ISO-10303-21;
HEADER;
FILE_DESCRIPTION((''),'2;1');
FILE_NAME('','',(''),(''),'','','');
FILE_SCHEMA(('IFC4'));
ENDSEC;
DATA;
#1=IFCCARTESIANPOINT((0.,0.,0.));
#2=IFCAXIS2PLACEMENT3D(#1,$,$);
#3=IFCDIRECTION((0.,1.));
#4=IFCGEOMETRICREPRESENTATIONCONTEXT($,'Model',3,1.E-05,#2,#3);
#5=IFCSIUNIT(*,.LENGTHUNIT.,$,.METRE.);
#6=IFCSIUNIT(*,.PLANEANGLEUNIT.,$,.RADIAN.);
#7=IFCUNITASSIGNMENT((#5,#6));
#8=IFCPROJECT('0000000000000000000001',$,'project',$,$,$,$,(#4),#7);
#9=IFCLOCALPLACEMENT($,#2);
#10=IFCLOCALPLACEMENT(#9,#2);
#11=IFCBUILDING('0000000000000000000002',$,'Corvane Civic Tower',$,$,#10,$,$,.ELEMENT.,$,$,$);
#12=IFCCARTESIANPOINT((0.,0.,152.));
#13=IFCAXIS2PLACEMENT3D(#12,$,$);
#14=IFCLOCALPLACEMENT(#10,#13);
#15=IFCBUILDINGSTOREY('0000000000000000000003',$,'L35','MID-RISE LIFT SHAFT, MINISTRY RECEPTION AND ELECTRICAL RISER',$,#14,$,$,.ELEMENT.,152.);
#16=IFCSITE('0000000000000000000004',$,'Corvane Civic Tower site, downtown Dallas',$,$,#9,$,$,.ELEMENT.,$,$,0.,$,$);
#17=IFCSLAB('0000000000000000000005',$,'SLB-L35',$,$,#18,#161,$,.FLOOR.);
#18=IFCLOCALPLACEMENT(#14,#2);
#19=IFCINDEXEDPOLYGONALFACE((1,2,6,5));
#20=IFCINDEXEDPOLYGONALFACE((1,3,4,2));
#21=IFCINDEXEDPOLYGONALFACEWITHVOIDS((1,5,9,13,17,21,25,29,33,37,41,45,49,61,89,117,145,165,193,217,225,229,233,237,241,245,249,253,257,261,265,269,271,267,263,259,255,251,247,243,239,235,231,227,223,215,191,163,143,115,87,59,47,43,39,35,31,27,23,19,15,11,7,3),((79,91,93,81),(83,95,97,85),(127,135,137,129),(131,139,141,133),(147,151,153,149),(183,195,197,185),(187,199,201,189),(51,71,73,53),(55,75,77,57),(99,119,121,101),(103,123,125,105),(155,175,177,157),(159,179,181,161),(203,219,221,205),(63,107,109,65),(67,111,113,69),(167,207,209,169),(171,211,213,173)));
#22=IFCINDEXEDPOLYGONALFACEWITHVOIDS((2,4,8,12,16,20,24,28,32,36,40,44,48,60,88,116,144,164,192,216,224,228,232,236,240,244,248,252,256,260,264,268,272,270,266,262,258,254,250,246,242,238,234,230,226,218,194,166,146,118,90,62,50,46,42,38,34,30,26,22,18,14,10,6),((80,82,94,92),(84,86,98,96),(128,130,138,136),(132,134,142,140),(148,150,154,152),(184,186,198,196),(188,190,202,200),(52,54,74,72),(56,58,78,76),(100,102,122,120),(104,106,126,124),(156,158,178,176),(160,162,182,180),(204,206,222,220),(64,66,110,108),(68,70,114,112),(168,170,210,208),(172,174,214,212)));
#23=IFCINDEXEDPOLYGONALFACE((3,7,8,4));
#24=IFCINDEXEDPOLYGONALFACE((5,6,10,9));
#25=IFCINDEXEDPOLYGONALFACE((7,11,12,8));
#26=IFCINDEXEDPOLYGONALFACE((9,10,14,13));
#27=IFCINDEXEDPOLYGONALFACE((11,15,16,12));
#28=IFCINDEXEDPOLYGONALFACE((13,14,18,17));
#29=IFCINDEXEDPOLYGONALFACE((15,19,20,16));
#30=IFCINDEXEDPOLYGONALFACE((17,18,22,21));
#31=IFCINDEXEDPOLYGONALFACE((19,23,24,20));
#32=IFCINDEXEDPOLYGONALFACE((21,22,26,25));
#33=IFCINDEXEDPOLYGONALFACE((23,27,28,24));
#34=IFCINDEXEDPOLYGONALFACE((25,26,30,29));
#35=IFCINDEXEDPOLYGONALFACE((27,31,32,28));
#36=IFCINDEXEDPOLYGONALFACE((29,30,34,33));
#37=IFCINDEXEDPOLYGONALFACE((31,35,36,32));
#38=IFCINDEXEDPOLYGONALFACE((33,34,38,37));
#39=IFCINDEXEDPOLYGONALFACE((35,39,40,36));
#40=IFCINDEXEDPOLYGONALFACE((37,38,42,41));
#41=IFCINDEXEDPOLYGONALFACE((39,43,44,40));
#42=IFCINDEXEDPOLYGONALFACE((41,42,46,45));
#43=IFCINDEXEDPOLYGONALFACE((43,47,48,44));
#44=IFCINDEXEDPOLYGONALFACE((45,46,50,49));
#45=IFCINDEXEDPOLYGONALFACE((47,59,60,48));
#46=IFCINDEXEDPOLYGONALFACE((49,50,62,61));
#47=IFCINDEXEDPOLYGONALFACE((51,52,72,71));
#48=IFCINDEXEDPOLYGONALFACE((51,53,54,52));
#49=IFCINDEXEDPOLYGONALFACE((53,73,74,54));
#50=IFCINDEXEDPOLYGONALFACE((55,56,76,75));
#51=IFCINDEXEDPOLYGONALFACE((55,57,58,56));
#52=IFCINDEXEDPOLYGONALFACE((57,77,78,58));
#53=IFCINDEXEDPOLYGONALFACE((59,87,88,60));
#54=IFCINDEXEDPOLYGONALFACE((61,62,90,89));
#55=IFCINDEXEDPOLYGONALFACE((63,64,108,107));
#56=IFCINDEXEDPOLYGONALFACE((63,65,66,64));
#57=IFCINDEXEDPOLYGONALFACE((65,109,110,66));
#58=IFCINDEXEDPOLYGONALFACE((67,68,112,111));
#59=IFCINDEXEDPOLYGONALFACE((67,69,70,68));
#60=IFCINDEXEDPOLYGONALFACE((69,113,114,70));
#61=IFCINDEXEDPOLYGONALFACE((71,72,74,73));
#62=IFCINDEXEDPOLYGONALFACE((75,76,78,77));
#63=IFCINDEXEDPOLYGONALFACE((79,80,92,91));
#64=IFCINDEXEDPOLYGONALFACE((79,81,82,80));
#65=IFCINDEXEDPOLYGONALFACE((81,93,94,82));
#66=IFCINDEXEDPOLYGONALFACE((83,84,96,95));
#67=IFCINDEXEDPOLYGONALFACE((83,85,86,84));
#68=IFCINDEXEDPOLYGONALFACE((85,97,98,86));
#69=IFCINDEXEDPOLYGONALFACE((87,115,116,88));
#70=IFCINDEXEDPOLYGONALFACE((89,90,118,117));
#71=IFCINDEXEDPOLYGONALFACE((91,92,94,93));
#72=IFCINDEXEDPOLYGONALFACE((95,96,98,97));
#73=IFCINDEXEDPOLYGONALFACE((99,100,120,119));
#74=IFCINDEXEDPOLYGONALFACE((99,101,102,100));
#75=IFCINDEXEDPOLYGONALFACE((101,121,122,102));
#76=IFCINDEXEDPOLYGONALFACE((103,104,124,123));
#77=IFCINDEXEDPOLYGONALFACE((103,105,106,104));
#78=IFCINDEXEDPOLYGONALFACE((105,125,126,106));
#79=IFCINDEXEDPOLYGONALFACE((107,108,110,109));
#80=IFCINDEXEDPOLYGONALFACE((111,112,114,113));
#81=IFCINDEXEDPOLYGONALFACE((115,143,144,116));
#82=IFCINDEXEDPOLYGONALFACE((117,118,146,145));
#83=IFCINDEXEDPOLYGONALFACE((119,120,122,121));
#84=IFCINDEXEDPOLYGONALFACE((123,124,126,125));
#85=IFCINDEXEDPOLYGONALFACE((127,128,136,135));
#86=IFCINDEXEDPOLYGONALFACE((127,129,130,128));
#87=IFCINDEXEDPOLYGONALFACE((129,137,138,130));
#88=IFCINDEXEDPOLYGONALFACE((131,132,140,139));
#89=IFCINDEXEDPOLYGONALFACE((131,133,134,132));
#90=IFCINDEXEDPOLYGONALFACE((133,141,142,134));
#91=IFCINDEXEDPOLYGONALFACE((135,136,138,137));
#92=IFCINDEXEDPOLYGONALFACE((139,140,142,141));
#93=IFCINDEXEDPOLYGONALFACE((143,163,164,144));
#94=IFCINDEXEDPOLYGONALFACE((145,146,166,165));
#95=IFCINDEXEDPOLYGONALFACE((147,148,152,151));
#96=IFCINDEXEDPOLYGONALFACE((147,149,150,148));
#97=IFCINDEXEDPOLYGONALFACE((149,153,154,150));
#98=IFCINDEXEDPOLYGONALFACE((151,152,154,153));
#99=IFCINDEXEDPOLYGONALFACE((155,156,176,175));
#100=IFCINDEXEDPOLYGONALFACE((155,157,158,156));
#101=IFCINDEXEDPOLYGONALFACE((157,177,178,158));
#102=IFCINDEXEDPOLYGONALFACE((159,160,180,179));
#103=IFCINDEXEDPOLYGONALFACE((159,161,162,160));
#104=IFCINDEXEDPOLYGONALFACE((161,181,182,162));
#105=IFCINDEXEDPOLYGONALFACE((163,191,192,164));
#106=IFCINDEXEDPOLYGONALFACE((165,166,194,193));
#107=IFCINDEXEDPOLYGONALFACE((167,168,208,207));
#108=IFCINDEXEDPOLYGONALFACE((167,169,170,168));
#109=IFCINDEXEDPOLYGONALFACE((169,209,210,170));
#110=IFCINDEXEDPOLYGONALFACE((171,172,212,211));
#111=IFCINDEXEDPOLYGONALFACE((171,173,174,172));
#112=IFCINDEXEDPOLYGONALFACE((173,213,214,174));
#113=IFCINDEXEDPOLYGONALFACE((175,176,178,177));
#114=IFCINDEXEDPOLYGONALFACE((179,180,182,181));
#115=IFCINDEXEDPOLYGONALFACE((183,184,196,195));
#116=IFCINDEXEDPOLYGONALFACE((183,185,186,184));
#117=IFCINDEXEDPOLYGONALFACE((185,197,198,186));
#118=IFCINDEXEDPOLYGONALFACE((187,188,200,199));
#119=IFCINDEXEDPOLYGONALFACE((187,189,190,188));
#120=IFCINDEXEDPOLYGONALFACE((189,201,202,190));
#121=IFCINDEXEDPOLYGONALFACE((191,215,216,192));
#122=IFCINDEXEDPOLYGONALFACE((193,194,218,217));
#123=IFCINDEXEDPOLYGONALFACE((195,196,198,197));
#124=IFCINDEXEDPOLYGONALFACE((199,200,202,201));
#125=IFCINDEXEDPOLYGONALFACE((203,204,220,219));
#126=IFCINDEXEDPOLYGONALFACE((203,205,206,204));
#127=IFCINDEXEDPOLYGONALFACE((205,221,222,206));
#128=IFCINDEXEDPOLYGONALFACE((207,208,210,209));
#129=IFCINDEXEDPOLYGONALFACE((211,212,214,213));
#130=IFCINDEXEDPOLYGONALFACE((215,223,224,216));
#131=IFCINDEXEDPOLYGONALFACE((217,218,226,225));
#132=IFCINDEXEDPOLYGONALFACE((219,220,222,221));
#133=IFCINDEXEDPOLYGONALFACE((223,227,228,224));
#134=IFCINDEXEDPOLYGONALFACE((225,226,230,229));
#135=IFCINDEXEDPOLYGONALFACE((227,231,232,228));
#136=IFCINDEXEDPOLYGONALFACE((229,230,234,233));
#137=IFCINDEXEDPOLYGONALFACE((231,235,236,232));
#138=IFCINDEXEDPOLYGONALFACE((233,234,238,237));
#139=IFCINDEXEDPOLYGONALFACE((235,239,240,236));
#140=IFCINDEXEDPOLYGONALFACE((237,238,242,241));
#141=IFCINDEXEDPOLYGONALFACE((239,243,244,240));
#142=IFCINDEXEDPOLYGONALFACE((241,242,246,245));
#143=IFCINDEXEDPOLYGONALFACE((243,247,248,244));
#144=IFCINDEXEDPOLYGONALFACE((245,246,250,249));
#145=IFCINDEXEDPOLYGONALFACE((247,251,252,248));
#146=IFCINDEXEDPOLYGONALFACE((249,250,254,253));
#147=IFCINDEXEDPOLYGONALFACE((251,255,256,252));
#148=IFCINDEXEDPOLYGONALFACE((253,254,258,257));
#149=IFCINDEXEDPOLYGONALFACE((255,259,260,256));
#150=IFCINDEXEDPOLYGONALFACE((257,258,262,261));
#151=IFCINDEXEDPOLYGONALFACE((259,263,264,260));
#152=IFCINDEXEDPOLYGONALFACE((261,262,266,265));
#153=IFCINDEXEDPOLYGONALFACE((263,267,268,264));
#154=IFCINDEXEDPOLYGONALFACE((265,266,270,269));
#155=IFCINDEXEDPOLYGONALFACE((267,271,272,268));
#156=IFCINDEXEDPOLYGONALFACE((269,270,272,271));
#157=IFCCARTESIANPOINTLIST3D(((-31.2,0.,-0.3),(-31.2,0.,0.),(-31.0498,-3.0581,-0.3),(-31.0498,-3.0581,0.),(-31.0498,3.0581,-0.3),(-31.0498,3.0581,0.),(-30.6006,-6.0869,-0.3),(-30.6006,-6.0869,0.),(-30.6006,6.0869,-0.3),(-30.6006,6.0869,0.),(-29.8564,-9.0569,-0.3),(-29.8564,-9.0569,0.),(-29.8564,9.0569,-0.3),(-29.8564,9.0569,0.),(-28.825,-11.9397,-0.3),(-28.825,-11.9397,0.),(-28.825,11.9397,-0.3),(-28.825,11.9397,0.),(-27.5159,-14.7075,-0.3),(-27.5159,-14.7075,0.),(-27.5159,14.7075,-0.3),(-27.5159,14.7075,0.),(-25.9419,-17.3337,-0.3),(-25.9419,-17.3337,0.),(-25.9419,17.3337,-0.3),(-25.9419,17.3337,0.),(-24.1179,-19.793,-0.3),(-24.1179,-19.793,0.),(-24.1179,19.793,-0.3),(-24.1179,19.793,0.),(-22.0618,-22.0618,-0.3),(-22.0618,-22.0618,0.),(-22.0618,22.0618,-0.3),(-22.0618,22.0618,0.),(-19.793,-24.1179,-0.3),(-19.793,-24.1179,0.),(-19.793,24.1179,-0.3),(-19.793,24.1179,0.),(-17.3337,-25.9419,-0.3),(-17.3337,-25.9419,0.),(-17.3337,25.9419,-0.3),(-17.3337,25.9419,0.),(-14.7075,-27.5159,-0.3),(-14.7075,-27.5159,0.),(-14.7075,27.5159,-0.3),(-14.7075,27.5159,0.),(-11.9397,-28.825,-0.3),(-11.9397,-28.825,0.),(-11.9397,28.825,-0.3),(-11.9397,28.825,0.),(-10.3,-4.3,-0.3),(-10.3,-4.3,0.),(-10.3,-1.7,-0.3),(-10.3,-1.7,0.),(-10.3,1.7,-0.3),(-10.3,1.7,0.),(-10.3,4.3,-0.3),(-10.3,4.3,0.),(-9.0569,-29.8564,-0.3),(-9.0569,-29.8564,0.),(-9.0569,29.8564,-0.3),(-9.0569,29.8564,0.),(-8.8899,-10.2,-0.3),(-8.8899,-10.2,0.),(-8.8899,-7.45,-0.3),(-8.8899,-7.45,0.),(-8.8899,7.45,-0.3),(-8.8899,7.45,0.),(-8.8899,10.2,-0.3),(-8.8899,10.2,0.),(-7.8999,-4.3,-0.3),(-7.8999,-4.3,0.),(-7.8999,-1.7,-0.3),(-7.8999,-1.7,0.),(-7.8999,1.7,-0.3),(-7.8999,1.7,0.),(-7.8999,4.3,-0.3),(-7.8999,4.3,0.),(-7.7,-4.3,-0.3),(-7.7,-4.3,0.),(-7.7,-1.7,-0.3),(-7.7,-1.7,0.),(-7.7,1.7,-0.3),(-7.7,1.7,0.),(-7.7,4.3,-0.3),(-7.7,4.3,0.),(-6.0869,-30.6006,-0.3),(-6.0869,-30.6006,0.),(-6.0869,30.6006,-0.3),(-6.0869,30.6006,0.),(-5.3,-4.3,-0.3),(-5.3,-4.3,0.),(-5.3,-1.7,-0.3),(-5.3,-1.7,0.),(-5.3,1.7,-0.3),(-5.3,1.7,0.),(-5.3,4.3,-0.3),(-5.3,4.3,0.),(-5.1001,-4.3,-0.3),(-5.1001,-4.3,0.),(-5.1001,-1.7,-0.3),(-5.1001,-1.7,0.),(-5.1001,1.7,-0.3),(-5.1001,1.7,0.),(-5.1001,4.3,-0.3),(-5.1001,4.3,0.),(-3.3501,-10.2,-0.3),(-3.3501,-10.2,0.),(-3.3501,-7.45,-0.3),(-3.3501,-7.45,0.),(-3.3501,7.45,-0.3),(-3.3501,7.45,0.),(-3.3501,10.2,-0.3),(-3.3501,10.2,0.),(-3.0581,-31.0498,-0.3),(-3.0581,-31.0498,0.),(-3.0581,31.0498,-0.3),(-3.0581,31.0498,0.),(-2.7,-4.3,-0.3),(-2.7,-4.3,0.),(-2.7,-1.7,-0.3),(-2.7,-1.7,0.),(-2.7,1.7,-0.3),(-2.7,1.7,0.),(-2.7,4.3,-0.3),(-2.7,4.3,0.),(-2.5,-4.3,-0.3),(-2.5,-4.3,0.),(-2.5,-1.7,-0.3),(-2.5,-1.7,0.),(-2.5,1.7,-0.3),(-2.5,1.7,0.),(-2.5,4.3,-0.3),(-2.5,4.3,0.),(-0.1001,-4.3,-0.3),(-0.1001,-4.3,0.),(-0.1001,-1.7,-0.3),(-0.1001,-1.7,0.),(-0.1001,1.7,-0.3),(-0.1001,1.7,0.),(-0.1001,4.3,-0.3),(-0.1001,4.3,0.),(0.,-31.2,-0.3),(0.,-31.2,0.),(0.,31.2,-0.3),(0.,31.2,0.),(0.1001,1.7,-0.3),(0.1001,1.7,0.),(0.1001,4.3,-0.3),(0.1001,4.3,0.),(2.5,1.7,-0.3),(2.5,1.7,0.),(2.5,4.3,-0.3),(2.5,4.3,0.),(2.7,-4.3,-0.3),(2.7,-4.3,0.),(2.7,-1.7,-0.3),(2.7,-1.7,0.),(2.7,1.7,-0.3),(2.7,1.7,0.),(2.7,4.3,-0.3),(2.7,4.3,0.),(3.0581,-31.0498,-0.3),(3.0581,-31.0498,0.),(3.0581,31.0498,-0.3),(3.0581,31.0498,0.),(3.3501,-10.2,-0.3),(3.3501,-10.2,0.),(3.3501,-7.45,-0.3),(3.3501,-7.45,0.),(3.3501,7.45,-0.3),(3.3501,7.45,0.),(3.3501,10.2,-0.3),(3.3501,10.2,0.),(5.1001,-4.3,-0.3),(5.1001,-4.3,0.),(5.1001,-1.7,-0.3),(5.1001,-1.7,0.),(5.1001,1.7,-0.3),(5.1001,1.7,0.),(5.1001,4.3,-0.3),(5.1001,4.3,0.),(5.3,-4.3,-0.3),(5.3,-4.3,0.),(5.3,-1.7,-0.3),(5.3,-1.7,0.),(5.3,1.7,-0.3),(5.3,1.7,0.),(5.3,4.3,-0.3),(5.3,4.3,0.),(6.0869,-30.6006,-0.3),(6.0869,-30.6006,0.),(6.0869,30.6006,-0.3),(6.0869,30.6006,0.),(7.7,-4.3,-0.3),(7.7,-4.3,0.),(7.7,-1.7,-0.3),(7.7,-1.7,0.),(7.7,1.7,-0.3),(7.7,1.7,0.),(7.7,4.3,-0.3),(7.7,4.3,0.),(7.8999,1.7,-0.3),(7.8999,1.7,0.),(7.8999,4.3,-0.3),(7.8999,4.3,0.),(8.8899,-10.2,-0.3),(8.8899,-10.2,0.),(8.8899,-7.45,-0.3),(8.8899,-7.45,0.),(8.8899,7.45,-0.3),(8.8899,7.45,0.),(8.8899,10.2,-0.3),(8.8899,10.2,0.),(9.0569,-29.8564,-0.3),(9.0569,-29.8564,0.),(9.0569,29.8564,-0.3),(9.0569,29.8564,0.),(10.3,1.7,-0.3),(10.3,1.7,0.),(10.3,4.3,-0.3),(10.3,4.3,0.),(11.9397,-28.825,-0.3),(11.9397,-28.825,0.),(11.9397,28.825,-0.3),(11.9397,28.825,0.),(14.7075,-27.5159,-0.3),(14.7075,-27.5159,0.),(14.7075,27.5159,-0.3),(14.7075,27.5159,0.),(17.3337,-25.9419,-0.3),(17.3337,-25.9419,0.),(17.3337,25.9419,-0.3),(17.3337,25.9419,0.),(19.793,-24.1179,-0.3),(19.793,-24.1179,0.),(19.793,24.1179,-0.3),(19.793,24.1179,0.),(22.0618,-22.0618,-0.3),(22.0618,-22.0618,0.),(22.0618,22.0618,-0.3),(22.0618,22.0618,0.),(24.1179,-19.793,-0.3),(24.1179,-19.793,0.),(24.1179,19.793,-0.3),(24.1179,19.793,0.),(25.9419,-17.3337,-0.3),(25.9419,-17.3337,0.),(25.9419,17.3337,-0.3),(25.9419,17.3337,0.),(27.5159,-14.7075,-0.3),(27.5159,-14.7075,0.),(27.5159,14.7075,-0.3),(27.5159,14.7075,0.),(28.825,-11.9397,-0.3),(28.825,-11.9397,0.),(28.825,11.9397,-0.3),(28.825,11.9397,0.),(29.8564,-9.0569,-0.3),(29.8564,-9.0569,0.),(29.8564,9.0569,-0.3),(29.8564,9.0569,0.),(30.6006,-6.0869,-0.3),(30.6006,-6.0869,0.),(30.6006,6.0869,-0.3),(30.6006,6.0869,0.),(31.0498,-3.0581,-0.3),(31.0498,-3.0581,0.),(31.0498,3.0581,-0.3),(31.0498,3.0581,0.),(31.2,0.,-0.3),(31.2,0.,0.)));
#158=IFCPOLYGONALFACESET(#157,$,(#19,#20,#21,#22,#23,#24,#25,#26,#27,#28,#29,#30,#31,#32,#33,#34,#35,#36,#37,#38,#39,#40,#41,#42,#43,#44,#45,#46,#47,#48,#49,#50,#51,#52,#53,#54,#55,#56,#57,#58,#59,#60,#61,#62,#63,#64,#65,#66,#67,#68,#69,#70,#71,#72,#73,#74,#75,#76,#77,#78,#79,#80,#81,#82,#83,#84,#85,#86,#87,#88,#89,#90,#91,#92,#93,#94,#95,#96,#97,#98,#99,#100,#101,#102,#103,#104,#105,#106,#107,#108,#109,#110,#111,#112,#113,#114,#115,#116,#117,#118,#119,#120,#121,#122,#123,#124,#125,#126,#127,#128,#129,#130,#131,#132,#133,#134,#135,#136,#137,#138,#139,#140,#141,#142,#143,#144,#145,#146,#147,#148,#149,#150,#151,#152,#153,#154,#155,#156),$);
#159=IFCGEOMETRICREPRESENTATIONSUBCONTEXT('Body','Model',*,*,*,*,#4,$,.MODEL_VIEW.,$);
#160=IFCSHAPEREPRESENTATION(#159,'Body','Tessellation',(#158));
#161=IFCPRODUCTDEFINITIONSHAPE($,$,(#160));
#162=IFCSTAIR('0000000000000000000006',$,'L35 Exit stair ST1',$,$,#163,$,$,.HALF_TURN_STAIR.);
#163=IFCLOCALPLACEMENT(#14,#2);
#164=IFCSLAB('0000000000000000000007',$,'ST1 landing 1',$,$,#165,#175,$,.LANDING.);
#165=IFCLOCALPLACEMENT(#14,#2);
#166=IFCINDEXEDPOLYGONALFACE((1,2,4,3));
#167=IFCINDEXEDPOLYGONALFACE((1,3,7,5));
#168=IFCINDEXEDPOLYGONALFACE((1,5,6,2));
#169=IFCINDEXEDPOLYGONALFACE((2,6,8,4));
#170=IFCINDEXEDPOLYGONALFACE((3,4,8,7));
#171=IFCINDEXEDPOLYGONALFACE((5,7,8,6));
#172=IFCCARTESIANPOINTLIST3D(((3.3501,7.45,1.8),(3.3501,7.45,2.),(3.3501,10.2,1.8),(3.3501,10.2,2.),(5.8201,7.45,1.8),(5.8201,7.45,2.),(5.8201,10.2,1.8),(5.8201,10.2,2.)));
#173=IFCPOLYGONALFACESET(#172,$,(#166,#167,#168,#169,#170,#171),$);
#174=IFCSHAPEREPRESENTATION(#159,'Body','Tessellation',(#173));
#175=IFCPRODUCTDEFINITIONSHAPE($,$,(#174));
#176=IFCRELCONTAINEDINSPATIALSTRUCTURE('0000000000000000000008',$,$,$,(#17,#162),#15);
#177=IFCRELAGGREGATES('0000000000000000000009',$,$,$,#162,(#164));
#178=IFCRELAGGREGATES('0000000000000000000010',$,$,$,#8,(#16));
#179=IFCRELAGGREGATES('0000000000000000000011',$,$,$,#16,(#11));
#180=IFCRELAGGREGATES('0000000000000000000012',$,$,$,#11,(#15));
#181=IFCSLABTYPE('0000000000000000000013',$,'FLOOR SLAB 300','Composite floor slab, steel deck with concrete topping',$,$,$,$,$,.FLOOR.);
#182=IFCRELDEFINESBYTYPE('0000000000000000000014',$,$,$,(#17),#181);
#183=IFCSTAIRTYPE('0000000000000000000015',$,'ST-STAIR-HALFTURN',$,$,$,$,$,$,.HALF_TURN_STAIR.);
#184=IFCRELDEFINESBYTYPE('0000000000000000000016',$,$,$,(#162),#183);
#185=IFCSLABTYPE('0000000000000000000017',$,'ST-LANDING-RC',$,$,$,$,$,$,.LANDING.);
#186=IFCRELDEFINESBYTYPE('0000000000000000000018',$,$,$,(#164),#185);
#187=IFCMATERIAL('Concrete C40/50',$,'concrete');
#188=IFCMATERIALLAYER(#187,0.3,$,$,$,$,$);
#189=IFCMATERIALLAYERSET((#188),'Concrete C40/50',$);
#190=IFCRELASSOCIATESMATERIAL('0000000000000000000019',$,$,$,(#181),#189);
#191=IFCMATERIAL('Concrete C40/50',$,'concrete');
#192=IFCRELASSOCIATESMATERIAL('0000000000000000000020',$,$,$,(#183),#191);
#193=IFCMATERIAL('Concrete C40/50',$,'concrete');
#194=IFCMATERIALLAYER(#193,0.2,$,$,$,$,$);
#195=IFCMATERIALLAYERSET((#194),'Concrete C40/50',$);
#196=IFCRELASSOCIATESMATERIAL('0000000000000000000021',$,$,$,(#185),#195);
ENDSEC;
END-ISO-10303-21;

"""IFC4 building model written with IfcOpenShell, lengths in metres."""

from ifc_helpers import new_model, si_unit, direction, frame, origin, place, context, subcontext, project, spatial, polyline, outline, extrude, material, layer, layer_set, type_object, element, aggregate, save


model = new_model("IFC4")

# Units and contexts
model_context = context("Model", 3, precision=1e-05, world=origin(), true_north=direction((0.0, 1.0)))
body_context = subcontext(model_context, "Body", "Model", "MODEL_VIEW")
ifc_project = project(units=[si_unit("LENGTHUNIT", "METRE"), si_unit("PLANEANGLEUNIT", "RADIAN")], contexts=[model_context])

# Site, building, storey
site_placement = place(None, origin())
site = spatial("IfcSite", under=ifc_project, at=site_placement, Name="Corvane Civic Tower site, downtown Dallas", CompositionType="ELEMENT", RefElevation=0.0)
building_placement = place(site_placement, origin())
building = spatial("IfcBuilding", under=site, at=building_placement, Name="Corvane Civic Tower", CompositionType="ELEMENT")
storey_placement = place(building_placement, frame((0.0, 0.0, 152.0)))
storey = spatial("IfcBuildingStorey", under=building, at=storey_placement, Name="L35", Description="MID-RISE LIFT SHAFT, MINISTRY RECEPTION AND ELECTRICAL RISER", CompositionType="ELEMENT", Elevation=152.0)

# Slab
ifc_material_1 = material(Name="Concrete C40/50", Category="concrete")
ifc_layer_1 = layer(ifc_material_1, 0.3)
ifc_layer_set_1 = layer_set([ifc_layer_1], Name="Concrete C40/50")
slab_type_1 = type_object("IfcSlabType", Name="FLOOR SLAB 300", Description="Composite floor slab, steel deck with concrete topping", PredefinedType="FLOOR", material=ifc_layer_set_1)
slab_1_placement = place(storey_placement, frame((0.0, 0.0, -0.3)))
element("IfcSlab", 1, at=slab_1_placement, inside=storey, type_object=slab_type_1, Name="SLB-L35", PredefinedType="FLOOR", context=body_context, shape_type="SweptSolid", body=[
    extrude(outline(polyline([(0.0, 31.2), (-3.0581, 31.0498), (-6.0869, 30.6006), (-9.0569, 29.8564), (-11.9397, 28.825), (-14.7075, 27.5159), (-17.3337, 25.9419), (-19.793, 24.1179), (-22.0618, 22.0618), (-24.1179, 19.793), (-25.9419, 17.3337), (-27.5159, 14.7075), (-28.825, 11.9397), (-29.8564, 9.0569), (-30.6006, 6.0869), (-31.0498, 3.0581), (-31.2, 0.0), (-31.0498, -3.0581), (-30.6006, -6.0869), (-29.8564, -9.0569), (-28.825, -11.9397), (-27.5159, -14.7075), (-25.9419, -17.3337), (-24.1179, -19.793), (-22.0618, -22.0618), (-19.793, -24.1179), (-17.3337, -25.9419), (-14.7075, -27.5159), (-11.9397, -28.825), (-9.0569, -29.8564), (-6.0869, -30.6006), (-3.0581, -31.0498), (0.0, -31.2), (3.0581, -31.0498), (6.0869, -30.6006), (9.0569, -29.8564), (11.9397, -28.825), (14.7075, -27.5159), (17.3337, -25.9419), (19.793, -24.1179), (22.0618, -22.0618), (24.1179, -19.793), (25.9419, -17.3337), (27.5159, -14.7075), (28.825, -11.9397), (29.8564, -9.0569), (30.6006, -6.0869), (31.0498, -3.0581), (31.2, 0.0), (31.0498, 3.0581), (30.6006, 6.0869), (29.8564, 9.0569), (28.825, 11.9397), (27.5159, 14.7075), (25.9419, 17.3337), (24.1179, 19.793), (22.0618, 22.0618), (19.793, 24.1179), (17.3337, 25.9419), (14.7075, 27.5159), (11.9397, 28.825), (9.0569, 29.8564), (6.0869, 30.6006), (3.0581, 31.0498), (0.0, 31.2)]), holes=[polyline([(-7.8999, 1.7), (-10.3, 1.7), (-10.3, 4.3), (-7.8999, 4.3), (-7.8999, 1.7)]), polyline([(-7.7, 4.3), (-5.3, 4.3), (-5.3, 1.7), (-7.7, 1.7), (-7.7, 4.3)]), polyline([(-5.1001, 4.3), (-2.7, 4.3), (-2.7, 1.7), (-5.1001, 1.7), (-5.1001, 4.3)]), polyline([(-2.5, 4.3), (-0.1001, 4.3), (-0.1001, 1.7), (-2.5, 1.7), (-2.5, 4.3)]), polyline([(2.5, 1.7), (0.1001, 1.7), (0.1001, 4.3), (2.5, 4.3), (2.5, 1.7)]), polyline([(5.1001, 1.7), (2.7, 1.7), (2.7, 4.3), (5.1001, 4.3), (5.1001, 1.7)]), polyline([(5.3, 4.3), (7.7, 4.3), (7.7, 1.7), (5.3, 1.7), (5.3, 4.3)]), polyline([(7.8999, 4.3), (10.3, 4.3), (10.3, 1.7), (7.8999, 1.7), (7.8999, 4.3)]), polyline([(-10.3, -1.7), (-7.8999, -1.7), (-7.8999, -4.3), (-10.3, -4.3), (-10.3, -1.7)]), polyline([(-7.7, -1.7), (-5.3, -1.7), (-5.3, -4.3), (-7.7, -4.3), (-7.7, -1.7)]), polyline([(-5.1001, -1.7), (-2.7, -1.7), (-2.7, -4.3), (-5.1001, -4.3), (-5.1001, -1.7)]), polyline([(-2.5, -1.7), (-0.1001, -1.7), (-0.1001, -4.3), (-2.5, -4.3), (-2.5, -1.7)]), polyline([(2.7, -1.7), (5.1001, -1.7), (5.1001, -4.3), (2.7, -4.3), (2.7, -1.7)]), polyline([(5.3, -1.7), (7.7, -1.7), (7.7, -4.3), (5.3, -4.3), (5.3, -1.7)]), polyline([(8.8899, 10.2), (8.8899, 7.45), (3.3501, 7.45), (3.3501, 10.2), (8.8899, 10.2)]), polyline([(-8.8899, 7.45), (-8.8899, 10.2), (-3.3501, 10.2), (-3.3501, 7.45), (-8.8899, 7.45)]), polyline([(8.8899, -7.45), (8.8899, -10.2), (3.3501, -10.2), (3.3501, -7.45), (8.8899, -7.45)]), polyline([(-8.8899, -10.2), (-8.8899, -7.45), (-3.3501, -7.45), (-3.3501, -10.2), (-8.8899, -10.2)])]), origin(), (0.0, 0.0, 1.0), 0.3),
])

# Stair, slab
ifc_material_2 = material(Name="Concrete C40/50", Category="concrete")
stair_type = type_object("IfcStairType", Name="ST-STAIR-HALFTURN", PredefinedType="HALF_TURN_STAIR", material=ifc_material_2)
stair_1_placement = place(storey_placement, origin())
stair_1 = element("IfcStair", 2, at=stair_1_placement, inside=storey, type_object=stair_type, Name="L35 Exit stair ST1", PredefinedType="HALF_TURN_STAIR")
ifc_material_3 = material(Name="Concrete C40/50", Category="concrete")
ifc_layer_2 = layer(ifc_material_3, 0.2)
ifc_layer_set_2 = layer_set([ifc_layer_2], Name="Concrete C40/50")
slab_type_2 = type_object("IfcSlabType", Name="ST-LANDING-RC", PredefinedType="LANDING", material=ifc_layer_set_2)
slab_2_placement = place(storey_placement, frame((0.0, 0.0, 1.8)))
slab_2 = element("IfcSlab", 3, at=slab_2_placement, type_object=slab_type_2, Name="ST1 landing 1", PredefinedType="LANDING", context=body_context, shape_type="SweptSolid", body=[
    extrude(outline(polyline([(5.8201, 10.2), (3.3501, 10.2), (3.3501, 7.45), (5.8201, 7.45), (5.8201, 10.2)])), origin(), (0.0, 0.0, 1.0), 0.2),
])
aggregate(stair_1, [slab_2])

save(model, "model.ifc")
